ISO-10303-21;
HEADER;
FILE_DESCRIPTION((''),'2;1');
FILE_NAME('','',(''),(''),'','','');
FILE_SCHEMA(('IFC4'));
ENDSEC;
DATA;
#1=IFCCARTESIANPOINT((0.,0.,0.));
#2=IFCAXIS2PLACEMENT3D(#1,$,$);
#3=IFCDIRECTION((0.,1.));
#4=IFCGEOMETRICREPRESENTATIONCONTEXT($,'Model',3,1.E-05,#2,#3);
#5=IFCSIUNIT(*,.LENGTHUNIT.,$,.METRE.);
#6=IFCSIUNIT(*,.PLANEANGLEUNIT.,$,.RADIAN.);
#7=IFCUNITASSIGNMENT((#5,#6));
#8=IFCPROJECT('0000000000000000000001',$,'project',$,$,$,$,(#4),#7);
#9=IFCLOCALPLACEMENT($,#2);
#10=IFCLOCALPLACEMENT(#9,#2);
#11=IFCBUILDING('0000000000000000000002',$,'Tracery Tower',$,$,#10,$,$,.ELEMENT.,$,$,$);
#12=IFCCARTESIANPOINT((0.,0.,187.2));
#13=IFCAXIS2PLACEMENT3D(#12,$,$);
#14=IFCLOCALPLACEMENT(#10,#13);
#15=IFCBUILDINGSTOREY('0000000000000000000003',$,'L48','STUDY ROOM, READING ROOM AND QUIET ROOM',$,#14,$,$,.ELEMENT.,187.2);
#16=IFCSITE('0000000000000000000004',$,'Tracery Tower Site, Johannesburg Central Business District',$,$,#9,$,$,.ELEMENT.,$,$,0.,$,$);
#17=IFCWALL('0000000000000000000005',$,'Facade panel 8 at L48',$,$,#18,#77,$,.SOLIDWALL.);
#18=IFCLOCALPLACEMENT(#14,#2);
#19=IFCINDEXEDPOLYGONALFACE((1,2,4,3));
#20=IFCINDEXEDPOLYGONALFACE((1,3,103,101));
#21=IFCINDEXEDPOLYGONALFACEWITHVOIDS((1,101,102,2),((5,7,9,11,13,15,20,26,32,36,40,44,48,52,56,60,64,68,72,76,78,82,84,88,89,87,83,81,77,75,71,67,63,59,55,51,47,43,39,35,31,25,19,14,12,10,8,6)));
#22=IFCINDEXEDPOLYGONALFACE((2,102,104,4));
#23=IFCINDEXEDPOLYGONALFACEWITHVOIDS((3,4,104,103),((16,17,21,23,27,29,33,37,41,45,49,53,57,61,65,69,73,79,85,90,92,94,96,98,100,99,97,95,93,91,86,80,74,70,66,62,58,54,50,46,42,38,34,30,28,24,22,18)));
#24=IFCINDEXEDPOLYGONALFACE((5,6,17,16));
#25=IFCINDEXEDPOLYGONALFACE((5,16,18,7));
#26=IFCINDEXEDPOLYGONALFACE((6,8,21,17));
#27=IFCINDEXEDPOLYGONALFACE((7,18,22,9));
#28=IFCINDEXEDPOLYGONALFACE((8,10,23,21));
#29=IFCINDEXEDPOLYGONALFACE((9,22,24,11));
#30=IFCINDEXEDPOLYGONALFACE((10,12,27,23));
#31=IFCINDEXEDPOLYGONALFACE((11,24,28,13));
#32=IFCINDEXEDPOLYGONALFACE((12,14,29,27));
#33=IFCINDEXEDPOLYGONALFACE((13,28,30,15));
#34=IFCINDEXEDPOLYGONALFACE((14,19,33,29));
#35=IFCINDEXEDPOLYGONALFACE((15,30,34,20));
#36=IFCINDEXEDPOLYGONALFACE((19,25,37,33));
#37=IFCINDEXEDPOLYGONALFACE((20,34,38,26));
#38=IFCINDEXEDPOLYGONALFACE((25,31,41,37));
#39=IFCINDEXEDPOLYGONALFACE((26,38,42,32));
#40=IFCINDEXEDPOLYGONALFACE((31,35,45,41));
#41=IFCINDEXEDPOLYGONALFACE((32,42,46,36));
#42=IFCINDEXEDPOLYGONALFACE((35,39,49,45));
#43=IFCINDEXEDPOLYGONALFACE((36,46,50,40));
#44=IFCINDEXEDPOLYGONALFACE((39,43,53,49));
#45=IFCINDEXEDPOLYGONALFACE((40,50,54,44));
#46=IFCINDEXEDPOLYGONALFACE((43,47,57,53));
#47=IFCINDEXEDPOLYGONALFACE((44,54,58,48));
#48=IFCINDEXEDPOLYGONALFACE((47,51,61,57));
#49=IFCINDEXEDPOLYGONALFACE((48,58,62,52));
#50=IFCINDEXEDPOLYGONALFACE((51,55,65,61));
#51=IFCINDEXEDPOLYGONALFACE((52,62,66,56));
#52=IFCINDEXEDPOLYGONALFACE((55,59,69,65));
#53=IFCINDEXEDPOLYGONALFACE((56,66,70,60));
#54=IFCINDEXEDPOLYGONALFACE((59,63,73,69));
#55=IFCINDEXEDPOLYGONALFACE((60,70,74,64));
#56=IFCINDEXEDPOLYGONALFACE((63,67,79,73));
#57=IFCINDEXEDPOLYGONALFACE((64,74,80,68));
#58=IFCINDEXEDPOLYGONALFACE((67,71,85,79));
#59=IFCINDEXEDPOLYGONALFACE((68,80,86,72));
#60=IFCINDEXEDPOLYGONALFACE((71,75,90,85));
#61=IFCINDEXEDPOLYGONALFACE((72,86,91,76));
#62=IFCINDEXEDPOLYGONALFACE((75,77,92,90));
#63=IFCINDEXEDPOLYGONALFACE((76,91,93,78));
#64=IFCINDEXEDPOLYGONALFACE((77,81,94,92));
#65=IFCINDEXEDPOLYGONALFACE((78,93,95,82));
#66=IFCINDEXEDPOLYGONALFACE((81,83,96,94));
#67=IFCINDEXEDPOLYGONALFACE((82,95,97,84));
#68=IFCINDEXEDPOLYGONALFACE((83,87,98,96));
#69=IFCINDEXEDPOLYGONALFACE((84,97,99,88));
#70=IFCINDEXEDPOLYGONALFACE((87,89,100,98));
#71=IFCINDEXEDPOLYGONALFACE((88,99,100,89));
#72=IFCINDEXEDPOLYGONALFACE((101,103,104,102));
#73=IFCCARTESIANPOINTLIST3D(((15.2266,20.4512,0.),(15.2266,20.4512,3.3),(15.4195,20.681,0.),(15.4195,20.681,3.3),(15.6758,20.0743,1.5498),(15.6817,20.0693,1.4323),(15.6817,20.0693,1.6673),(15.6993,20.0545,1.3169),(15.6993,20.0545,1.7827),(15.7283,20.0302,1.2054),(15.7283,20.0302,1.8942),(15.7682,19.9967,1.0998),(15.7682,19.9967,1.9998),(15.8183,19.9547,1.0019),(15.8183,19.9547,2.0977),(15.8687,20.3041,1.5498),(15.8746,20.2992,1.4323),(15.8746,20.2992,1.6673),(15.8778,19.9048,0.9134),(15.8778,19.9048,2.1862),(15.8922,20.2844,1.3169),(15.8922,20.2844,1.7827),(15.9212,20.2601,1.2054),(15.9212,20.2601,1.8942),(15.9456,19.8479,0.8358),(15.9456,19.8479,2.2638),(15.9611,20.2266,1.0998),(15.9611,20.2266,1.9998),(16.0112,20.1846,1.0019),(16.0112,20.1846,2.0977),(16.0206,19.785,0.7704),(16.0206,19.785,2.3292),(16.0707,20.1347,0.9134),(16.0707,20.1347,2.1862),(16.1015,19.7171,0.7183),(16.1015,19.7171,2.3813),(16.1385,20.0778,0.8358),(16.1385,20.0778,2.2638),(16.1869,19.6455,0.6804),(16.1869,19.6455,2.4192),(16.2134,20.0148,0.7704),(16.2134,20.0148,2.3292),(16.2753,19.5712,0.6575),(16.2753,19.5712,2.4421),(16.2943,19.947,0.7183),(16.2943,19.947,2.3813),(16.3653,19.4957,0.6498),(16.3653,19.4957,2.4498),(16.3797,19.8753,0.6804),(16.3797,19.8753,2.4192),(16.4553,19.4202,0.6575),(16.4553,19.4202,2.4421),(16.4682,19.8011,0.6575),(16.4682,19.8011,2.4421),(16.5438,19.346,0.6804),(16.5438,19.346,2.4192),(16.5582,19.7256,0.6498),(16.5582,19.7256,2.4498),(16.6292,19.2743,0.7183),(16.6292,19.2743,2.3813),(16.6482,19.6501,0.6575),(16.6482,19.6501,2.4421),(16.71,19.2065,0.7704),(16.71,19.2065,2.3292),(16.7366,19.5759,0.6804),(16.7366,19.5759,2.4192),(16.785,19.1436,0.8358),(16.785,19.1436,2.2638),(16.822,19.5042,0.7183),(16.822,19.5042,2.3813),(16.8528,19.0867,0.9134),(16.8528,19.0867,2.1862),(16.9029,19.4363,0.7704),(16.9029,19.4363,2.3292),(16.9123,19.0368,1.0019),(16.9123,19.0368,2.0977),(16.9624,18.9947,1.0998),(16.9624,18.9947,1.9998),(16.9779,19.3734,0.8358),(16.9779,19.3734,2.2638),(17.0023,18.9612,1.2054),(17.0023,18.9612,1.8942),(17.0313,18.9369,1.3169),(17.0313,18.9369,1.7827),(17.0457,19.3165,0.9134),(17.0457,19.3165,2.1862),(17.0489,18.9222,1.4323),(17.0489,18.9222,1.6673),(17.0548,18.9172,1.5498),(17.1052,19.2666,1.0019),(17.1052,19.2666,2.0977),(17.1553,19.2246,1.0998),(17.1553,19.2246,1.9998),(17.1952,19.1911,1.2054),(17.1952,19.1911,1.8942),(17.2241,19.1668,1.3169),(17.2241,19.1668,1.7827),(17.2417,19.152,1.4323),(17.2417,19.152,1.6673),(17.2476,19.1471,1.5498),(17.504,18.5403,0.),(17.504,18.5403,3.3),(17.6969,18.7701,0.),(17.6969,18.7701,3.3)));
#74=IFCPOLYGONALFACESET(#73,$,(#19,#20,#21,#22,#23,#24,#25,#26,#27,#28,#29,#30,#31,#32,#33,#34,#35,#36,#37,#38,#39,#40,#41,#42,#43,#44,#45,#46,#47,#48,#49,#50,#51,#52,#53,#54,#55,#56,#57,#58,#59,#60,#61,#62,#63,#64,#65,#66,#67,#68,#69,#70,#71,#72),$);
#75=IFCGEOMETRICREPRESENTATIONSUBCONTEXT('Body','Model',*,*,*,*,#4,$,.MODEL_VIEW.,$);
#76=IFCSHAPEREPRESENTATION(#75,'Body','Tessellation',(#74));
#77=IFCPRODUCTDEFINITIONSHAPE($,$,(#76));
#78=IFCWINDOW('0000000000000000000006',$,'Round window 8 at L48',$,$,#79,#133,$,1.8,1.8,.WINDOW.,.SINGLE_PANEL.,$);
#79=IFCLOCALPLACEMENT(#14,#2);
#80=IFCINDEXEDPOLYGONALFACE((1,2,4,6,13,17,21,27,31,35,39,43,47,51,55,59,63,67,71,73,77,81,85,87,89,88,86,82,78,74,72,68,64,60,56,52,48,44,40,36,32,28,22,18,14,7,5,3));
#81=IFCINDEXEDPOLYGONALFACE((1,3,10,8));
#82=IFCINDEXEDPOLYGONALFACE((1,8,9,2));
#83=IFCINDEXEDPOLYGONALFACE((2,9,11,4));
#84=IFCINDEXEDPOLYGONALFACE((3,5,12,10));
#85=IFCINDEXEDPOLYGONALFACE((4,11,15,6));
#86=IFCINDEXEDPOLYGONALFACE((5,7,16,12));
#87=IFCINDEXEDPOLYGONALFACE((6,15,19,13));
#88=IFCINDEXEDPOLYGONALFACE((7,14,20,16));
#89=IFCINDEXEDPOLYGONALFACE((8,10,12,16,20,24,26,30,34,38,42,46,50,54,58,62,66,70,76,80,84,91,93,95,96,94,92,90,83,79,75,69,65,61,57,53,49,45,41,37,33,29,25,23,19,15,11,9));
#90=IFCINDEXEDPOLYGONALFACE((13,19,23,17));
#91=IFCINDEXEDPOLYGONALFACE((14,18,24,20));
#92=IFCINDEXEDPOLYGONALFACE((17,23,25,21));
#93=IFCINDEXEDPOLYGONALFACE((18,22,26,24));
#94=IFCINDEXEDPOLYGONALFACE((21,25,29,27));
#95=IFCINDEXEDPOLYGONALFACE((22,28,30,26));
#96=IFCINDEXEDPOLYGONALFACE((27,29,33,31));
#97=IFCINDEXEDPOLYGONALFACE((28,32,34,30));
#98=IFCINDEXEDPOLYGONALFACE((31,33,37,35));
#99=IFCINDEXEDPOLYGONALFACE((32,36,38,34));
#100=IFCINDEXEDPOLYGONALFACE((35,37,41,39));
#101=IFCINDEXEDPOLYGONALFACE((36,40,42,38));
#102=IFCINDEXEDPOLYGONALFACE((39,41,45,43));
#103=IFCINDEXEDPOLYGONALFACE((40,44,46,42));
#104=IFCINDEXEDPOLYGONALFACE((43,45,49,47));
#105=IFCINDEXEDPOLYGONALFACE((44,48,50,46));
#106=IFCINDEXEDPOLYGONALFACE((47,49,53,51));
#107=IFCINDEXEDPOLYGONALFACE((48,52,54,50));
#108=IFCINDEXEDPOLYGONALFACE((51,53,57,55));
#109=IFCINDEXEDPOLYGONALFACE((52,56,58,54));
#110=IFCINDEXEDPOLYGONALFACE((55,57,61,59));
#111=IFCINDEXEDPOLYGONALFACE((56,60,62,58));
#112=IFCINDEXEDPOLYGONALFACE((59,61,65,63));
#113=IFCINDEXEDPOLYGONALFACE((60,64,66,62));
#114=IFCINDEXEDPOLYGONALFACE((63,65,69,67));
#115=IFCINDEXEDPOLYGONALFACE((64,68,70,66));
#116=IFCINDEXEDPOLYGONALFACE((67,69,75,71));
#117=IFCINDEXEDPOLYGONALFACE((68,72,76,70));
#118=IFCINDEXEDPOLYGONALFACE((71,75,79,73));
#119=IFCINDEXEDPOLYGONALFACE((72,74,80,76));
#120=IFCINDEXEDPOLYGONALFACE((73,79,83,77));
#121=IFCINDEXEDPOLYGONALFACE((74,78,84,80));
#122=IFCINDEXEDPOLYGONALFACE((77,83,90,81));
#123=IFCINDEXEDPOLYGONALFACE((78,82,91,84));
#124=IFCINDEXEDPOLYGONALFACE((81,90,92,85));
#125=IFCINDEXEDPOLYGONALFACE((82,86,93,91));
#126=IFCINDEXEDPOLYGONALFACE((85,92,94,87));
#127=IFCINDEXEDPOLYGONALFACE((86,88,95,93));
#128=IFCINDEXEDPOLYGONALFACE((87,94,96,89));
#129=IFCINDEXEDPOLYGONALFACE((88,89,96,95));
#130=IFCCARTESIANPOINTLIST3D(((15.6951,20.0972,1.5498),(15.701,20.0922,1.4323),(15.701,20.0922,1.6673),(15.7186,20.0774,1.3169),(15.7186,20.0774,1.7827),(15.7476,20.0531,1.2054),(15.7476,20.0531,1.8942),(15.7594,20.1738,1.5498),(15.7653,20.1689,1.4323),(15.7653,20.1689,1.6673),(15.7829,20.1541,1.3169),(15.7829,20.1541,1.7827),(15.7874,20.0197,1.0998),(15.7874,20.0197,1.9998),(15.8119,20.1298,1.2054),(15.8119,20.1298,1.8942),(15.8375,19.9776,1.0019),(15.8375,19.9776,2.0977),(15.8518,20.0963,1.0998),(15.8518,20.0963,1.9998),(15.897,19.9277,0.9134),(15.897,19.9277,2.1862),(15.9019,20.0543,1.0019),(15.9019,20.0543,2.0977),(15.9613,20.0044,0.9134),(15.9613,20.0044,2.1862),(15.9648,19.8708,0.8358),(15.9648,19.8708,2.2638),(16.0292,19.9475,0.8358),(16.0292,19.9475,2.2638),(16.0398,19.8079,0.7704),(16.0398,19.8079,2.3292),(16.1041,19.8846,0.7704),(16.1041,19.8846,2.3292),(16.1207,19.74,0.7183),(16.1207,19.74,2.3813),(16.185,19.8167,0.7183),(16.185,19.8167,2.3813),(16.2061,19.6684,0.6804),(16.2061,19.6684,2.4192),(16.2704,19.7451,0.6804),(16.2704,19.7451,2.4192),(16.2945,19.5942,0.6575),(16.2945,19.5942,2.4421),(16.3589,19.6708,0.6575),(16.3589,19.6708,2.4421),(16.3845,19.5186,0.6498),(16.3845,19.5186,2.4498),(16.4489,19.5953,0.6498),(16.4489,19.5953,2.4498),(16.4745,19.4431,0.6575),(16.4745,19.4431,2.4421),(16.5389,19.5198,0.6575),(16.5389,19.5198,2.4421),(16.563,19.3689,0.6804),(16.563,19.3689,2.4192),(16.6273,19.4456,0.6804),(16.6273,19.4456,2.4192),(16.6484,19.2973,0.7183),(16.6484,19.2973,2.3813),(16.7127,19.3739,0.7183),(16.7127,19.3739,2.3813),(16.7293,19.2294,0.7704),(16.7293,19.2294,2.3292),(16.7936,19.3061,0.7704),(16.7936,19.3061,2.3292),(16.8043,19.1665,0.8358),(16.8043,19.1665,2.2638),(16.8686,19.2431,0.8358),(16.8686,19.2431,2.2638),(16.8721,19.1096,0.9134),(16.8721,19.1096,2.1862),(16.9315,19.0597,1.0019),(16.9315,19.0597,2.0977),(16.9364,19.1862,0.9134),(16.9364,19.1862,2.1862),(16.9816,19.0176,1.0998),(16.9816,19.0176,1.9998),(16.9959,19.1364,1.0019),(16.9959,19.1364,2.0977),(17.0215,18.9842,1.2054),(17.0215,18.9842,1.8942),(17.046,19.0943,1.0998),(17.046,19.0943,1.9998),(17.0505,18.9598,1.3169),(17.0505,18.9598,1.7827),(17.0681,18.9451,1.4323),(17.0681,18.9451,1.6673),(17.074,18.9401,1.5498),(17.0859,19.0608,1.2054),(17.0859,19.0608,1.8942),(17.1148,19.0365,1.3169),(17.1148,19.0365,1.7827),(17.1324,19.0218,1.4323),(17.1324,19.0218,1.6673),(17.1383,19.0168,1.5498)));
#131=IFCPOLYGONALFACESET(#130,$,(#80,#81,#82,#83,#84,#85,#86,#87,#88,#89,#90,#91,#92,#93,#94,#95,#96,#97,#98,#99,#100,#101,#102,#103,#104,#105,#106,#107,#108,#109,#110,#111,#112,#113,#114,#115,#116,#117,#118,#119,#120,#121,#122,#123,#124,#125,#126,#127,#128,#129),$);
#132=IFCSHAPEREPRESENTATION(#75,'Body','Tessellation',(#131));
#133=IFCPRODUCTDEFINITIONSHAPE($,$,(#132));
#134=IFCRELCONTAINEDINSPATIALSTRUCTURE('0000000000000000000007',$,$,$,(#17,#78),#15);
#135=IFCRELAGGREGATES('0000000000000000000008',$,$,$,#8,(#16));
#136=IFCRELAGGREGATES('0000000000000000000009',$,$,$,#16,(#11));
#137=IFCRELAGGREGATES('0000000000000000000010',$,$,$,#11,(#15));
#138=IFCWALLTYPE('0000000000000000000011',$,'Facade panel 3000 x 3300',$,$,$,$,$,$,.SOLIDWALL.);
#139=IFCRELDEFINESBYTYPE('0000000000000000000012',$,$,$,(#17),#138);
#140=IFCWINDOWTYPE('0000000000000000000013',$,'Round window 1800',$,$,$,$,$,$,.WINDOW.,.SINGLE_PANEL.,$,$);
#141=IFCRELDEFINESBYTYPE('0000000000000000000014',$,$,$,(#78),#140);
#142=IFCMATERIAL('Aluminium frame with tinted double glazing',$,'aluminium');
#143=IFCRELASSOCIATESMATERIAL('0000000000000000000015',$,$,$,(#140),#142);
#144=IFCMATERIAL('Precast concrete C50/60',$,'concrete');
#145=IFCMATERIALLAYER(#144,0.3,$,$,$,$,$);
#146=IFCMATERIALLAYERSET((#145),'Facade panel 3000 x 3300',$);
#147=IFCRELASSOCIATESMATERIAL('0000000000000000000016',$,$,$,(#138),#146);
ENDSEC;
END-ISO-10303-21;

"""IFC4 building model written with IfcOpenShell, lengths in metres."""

from ifc_helpers import new_model, si_unit, direction, frame, frame_2d, origin, origin_2d, place, context, subcontext, project, spatial, rectangle, circle, extrude, material, layer, layer_set, type_object, element, fill, save


model = new_model("IFC4")

# Units and contexts
model_context = context("Model", 3, precision=1e-05, world=origin(), true_north=direction((0.0, 1.0)))
body_context = subcontext(model_context, "Body", "Model", "MODEL_VIEW")
ifc_project = project(units=[si_unit("LENGTHUNIT", "METRE"), si_unit("PLANEANGLEUNIT", "RADIAN")], contexts=[model_context])

# Site, building, storey
site_placement = place(None, origin())
site = spatial("IfcSite", under=ifc_project, at=site_placement, Name="Tracery Tower Site, Johannesburg Central Business District", CompositionType="ELEMENT", RefElevation=0.0)
building_placement = place(site_placement, origin())
building = spatial("IfcBuilding", under=site, at=building_placement, Name="Tracery Tower", CompositionType="ELEMENT")
storey_placement = place(building_placement, frame((0.0, 0.0, 187.2)))
storey = spatial("IfcBuildingStorey", under=building, at=storey_placement, Name="L48", Description="STUDY ROOM, READING ROOM AND QUIET ROOM", CompositionType="ELEMENT", Elevation=187.2)

# Wall, opening, window
ifc_material_1 = material(Name="Aluminium frame with tinted double glazing", Category="aluminium")
window_type = type_object("IfcWindowType", Name="Round window 1800", PartitioningType="SINGLE_PANEL", PredefinedType="WINDOW", material=ifc_material_1)
ifc_material_2 = material(Name="Precast concrete C50/60", Category="concrete")
ifc_layer_1 = layer(ifc_material_2, 0.3)
ifc_layer_set_1 = layer_set([ifc_layer_1], Name="Facade panel 3000 x 3300")
wall_type_1 = type_object("IfcWallType", Name="Facade panel 3000 x 3300", PredefinedType="SOLIDWALL", material=ifc_layer_set_1)
wall_1_placement = place(storey_placement, frame((17.6003, 18.6553, 0.0), z_axis=(0.0, 0.0, 1.0), x_axis=(-0.766049, 0.642782, 0.0)))
wall_1 = element("IfcWall", 1, at=wall_1_placement, inside=storey, type_object=wall_type_1, Name="Facade panel 8 at L48", PredefinedType="SOLIDWALL", context=body_context, shape_type="SweptSolid", body=[
    extrude(rectangle(XDim=2.9729, YDim=0.3, at=frame_2d((1.4863, 0.0))), origin(), (0.0, 0.0, 1.0), 3.3),
])
opening_1_placement = place(wall_1_placement, frame((1.4863, 0.0, 1.5498)))
opening_1 = element("IfcOpeningElement", 2, at=opening_1_placement, cuts=wall_1, PredefinedType="OPENING", context=body_context, shape_type="SweptSolid", body=[
    extrude(circle(Radius=0.9, at=origin_2d()), frame((0.0, 0.1599, 0.0), z_axis=(0.0, -1.0, 0.0), x_axis=(1.0, 0.0, 0.0)), (0.0, 0.0, 1.0), 0.3201),
])
window_1_placement = place(opening_1_placement, origin())
window_1 = element("IfcWindow", 3, at=window_1_placement, inside=storey, type_object=window_type, Name="Round window 8 at L48", OverallHeight=1.8, OverallWidth=1.8, PartitioningType="SINGLE_PANEL", PredefinedType="WINDOW", context=body_context, shape_type="SweptSolid", body=[
    extrude(circle(Radius=0.9, at=origin_2d()), frame((0.0, 0.1201, 0.0), z_axis=(0.0, -1.0, 0.0), x_axis=(1.0, 0.0, 0.0)), (0.0, 0.0, 1.0), 0.1001),
])
fill(opening_1, window_1)

save(model, "model.ifc")
